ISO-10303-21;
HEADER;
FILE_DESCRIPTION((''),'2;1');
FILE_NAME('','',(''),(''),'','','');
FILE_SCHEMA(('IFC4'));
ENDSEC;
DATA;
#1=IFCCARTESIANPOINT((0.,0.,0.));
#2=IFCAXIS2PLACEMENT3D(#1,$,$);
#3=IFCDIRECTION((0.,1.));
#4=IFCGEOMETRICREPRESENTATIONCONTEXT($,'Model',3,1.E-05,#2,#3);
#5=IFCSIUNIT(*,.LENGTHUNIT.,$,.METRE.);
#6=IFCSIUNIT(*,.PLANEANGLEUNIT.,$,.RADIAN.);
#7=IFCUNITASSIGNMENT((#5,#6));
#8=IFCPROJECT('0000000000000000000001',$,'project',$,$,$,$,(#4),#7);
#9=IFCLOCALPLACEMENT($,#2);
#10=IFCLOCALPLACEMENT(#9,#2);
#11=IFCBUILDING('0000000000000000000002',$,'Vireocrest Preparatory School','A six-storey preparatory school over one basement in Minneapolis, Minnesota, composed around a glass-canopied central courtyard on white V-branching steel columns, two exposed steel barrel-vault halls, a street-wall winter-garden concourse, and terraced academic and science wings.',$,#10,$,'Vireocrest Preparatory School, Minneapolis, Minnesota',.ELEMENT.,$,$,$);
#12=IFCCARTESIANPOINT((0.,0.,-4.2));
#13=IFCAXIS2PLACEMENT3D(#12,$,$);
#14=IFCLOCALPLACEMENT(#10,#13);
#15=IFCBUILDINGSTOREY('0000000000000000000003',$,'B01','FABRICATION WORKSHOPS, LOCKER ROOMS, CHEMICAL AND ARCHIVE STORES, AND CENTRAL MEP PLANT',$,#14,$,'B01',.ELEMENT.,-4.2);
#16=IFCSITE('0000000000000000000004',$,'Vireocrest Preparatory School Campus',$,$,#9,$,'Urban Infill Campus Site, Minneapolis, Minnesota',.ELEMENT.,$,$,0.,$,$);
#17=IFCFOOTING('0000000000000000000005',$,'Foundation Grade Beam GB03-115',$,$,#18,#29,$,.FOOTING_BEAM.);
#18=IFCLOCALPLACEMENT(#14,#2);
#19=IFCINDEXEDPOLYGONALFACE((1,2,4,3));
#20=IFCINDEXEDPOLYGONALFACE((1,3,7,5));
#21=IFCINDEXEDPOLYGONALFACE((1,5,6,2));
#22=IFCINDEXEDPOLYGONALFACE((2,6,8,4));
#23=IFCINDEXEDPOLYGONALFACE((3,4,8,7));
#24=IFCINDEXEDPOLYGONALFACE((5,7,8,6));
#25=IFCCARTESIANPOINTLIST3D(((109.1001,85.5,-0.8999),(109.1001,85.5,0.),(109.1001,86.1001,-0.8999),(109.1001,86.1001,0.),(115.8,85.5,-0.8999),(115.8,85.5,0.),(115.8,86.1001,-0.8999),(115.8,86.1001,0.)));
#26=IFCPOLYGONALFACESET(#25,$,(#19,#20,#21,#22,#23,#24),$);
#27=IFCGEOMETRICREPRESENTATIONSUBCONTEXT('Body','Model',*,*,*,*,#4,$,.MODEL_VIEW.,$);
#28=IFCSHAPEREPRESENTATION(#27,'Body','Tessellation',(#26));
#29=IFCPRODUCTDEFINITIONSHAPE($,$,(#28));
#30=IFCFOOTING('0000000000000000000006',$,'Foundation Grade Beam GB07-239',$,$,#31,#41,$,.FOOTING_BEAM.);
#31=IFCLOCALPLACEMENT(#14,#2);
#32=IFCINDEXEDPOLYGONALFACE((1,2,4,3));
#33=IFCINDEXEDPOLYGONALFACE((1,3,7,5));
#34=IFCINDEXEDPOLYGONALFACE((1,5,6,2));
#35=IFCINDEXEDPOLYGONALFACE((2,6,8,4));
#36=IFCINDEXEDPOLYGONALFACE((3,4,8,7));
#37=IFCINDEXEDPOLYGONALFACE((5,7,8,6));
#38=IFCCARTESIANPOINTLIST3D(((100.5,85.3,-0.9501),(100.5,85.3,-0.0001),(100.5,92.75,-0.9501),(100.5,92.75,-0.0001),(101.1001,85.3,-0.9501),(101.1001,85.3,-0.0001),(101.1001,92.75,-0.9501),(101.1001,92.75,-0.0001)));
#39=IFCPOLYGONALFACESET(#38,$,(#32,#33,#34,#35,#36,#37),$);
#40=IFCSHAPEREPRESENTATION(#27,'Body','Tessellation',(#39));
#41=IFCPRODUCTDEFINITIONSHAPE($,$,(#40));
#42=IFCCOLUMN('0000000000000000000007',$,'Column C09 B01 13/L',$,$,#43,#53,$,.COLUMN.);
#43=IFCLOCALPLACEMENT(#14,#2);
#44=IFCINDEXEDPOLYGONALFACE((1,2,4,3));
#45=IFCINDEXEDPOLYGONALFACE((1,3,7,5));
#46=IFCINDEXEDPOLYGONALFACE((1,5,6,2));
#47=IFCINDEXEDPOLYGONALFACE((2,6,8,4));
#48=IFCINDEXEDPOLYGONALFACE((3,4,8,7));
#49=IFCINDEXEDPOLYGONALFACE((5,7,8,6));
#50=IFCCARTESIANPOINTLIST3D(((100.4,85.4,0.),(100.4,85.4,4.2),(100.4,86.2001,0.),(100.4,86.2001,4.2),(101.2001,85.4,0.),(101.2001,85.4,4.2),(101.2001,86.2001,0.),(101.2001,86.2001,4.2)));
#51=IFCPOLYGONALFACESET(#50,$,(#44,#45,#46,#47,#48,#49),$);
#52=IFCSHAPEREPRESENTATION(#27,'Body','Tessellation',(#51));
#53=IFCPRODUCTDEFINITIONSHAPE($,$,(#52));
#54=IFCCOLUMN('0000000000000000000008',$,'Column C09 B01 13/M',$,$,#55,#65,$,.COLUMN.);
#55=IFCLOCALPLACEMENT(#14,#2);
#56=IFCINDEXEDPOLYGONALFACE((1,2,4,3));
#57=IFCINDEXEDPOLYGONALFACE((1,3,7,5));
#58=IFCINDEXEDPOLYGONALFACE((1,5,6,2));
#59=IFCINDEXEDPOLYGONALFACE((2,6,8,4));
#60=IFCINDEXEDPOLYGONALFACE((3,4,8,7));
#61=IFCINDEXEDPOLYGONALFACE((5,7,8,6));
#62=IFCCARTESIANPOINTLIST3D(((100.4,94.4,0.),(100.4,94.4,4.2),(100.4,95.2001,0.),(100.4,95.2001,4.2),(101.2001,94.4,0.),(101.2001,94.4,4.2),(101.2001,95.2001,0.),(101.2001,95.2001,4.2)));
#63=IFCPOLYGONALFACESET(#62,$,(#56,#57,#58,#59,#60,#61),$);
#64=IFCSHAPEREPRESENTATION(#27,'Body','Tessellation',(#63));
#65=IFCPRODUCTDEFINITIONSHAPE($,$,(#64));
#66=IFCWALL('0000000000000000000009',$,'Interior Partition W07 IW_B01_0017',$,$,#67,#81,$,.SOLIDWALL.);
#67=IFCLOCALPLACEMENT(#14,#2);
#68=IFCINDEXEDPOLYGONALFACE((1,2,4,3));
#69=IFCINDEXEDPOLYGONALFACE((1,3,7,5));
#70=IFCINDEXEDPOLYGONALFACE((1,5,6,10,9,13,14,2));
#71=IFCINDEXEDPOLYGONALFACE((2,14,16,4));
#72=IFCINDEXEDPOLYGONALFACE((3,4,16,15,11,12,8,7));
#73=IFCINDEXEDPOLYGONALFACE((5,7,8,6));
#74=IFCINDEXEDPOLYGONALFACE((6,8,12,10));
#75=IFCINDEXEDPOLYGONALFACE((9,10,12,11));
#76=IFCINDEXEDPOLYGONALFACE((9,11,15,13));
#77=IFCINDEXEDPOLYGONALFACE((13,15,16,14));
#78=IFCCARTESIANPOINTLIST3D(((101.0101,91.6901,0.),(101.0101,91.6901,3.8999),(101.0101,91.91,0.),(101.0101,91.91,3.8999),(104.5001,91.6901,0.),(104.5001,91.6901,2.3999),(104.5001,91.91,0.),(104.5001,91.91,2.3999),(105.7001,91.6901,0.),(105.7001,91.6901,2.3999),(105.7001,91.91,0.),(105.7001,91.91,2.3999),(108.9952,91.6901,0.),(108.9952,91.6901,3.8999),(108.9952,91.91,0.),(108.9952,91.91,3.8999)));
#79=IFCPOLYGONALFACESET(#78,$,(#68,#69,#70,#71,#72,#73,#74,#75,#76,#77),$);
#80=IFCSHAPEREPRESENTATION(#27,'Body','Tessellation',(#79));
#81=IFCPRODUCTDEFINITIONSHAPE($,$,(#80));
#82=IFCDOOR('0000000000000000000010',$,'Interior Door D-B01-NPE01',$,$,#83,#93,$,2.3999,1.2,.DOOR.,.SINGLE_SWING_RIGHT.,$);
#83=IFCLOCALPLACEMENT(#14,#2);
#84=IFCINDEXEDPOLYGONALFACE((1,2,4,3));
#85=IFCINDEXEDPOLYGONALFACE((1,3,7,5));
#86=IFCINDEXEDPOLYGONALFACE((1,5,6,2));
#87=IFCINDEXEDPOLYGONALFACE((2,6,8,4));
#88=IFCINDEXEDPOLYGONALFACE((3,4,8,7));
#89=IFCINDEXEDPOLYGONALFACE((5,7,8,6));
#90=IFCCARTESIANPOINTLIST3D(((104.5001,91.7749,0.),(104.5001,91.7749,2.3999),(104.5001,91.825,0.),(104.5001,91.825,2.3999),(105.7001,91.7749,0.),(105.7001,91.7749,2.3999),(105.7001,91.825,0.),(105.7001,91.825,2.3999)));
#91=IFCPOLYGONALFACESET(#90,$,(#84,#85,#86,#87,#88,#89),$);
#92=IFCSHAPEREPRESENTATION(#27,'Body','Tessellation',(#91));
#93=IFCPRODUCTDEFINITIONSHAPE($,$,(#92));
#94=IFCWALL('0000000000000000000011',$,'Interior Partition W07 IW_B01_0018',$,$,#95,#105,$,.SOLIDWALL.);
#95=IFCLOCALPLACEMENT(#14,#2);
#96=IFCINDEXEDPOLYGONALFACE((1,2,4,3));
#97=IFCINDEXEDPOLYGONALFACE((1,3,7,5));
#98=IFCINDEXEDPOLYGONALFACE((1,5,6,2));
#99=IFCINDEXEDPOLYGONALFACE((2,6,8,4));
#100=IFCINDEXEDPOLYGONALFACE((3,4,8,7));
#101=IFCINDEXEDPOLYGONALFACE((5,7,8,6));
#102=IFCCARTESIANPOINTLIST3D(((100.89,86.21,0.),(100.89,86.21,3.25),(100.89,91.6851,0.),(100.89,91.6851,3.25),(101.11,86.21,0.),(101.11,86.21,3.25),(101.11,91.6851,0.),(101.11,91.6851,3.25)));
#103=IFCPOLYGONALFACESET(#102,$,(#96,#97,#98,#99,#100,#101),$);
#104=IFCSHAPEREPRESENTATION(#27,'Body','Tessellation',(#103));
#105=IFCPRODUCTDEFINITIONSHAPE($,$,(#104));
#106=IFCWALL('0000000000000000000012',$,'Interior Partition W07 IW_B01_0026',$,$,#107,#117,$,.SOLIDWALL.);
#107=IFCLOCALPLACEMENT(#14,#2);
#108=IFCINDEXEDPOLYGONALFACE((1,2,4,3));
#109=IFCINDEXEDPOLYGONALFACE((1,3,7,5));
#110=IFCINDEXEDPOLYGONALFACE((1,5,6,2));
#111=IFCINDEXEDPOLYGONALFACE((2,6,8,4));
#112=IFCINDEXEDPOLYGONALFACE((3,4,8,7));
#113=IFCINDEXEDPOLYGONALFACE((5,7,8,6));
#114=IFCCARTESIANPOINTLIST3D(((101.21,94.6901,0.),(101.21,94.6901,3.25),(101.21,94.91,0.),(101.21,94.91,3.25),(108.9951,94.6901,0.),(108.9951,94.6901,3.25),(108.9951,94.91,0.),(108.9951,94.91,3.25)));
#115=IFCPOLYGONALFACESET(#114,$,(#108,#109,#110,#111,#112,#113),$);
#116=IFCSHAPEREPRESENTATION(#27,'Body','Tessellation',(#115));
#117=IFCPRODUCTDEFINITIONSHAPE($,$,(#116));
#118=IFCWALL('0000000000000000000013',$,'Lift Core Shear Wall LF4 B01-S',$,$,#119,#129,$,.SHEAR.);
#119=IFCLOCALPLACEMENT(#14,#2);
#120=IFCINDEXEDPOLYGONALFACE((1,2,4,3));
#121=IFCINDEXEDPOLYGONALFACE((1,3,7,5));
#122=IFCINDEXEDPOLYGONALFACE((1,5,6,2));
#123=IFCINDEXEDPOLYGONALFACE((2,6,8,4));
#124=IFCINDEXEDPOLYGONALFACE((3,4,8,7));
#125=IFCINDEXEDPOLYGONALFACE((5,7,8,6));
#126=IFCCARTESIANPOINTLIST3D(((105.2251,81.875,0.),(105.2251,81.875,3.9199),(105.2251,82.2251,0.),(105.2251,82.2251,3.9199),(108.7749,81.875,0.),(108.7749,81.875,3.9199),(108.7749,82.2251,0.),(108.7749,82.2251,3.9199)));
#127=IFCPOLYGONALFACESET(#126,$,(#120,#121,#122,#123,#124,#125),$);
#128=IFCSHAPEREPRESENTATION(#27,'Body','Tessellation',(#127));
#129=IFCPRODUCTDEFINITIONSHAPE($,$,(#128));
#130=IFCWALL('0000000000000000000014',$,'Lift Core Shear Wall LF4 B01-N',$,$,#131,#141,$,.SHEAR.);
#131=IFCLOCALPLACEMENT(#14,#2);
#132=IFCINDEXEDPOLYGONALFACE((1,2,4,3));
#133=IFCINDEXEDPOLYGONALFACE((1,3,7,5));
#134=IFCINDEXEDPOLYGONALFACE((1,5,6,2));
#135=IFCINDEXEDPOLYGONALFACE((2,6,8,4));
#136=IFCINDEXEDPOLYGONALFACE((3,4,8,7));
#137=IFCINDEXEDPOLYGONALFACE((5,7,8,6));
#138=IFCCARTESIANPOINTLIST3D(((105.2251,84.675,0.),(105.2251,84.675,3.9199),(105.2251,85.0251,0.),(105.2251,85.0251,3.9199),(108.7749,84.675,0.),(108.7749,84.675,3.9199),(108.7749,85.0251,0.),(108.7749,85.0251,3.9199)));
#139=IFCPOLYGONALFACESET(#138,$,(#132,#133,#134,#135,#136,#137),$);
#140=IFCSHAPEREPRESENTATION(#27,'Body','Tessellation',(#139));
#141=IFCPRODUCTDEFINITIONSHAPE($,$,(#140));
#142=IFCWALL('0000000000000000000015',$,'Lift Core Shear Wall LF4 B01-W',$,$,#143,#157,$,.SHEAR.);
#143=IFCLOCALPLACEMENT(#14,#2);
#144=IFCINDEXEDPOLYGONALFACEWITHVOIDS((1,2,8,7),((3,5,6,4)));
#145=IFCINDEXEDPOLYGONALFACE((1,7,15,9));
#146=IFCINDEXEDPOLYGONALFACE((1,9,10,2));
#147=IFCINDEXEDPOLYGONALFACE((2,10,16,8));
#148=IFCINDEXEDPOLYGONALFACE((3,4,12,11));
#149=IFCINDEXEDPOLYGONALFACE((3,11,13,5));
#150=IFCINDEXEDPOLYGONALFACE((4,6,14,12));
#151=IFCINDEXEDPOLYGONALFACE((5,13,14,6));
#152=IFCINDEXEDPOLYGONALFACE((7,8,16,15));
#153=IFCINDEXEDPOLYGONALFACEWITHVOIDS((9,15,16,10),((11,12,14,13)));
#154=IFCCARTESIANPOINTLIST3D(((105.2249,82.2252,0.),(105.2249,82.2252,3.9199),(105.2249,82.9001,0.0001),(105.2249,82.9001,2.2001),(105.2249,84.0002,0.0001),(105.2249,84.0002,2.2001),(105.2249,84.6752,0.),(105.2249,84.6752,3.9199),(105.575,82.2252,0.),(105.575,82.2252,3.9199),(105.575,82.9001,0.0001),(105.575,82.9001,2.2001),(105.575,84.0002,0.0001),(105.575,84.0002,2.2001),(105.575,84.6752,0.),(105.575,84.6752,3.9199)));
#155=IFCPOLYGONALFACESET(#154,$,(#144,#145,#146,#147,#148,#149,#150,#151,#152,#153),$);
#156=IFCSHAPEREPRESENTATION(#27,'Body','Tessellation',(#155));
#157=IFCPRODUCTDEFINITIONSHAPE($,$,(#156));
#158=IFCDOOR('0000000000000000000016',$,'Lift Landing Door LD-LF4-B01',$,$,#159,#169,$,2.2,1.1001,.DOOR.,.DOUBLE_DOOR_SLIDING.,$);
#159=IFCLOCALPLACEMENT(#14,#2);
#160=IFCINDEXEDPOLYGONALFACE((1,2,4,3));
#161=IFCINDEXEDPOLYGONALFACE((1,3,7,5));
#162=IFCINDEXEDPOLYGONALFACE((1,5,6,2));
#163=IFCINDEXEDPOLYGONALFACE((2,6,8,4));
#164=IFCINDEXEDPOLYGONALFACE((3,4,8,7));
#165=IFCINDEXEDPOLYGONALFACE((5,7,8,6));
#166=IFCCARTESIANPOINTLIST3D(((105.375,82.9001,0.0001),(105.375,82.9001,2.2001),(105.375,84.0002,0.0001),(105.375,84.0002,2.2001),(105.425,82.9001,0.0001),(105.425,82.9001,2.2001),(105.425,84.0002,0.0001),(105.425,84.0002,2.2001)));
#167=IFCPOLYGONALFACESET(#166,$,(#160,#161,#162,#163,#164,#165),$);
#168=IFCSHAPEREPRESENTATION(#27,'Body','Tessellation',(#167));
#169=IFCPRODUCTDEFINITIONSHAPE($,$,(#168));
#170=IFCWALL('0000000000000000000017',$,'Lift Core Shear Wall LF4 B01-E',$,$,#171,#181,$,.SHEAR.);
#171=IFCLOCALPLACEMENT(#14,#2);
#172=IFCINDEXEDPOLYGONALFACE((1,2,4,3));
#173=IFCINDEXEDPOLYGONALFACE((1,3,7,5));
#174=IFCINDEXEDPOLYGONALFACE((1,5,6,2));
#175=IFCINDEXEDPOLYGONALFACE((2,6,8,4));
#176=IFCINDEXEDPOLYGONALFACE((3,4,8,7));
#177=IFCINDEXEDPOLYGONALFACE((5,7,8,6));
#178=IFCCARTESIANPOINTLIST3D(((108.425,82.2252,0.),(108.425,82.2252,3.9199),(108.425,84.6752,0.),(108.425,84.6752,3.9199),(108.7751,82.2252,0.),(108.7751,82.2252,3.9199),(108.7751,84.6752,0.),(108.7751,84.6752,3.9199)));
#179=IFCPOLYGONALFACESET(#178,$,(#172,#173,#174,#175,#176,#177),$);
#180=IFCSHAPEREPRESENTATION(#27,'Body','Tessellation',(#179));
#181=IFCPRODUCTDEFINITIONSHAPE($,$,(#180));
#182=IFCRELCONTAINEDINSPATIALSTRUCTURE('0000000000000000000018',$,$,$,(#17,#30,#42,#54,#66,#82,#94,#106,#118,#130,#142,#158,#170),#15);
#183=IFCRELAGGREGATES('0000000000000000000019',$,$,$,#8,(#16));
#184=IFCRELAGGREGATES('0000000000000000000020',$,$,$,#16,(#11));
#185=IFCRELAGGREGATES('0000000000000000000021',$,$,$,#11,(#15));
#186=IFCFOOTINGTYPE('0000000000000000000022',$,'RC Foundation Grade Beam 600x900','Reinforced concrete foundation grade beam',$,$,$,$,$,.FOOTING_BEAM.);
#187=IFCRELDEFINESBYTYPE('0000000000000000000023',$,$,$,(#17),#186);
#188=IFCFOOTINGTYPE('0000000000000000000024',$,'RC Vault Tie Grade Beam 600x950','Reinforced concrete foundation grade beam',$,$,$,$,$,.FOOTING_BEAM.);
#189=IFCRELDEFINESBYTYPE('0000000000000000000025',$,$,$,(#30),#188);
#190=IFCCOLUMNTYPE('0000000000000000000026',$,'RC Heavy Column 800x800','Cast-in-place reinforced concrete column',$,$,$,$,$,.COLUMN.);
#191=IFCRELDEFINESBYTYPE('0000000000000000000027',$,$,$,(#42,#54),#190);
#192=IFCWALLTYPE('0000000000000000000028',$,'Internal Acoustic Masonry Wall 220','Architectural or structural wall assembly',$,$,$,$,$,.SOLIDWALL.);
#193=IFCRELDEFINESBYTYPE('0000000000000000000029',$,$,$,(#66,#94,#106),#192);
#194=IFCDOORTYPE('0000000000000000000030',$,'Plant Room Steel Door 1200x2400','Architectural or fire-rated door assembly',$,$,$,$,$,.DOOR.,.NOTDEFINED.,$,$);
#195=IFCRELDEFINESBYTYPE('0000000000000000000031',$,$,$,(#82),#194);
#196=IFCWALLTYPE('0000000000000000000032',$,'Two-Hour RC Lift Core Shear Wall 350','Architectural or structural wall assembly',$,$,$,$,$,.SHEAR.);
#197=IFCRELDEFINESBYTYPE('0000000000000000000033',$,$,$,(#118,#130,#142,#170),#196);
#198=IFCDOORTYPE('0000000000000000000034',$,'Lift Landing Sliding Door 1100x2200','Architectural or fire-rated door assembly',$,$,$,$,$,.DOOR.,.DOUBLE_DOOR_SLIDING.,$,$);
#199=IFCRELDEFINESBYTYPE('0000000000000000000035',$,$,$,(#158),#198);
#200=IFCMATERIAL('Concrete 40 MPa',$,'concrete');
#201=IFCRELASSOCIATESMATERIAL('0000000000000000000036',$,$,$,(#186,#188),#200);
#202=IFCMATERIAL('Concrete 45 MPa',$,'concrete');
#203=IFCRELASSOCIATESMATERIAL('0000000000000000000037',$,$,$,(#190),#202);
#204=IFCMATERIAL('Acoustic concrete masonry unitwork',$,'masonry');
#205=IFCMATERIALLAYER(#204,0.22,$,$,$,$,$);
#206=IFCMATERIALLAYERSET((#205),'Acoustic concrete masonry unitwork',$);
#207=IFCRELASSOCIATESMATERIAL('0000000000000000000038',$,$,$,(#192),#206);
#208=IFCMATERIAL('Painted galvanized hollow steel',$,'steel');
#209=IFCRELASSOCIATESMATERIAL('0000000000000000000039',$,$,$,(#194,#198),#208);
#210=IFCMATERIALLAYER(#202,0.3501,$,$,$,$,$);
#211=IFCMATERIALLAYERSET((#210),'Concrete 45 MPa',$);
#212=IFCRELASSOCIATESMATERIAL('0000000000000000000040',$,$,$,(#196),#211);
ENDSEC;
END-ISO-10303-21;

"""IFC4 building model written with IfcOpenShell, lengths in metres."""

from ifc_helpers import new_model, si_unit, direction, frame, frame_2d, origin, origin_2d, place, context, subcontext, project, spatial, rectangle, extrude, material, layer, layer_set, material_profile, profile_set, type_object, element, fill, save


model = new_model("IFC4")

# Units and contexts
model_context = context("Model", 3, precision=1e-05, world=origin(), true_north=direction((0.0, 1.0)))
body_context = subcontext(model_context, "Body", "Model", "MODEL_VIEW")
ifc_project = project(units=[si_unit("LENGTHUNIT", "METRE"), si_unit("PLANEANGLEUNIT", "RADIAN")], contexts=[model_context])

# Site, building, storey
site_placement = place(None, origin())
site = spatial("IfcSite", under=ifc_project, at=site_placement, Name="Vireocrest Preparatory School Campus", LongName="Urban Infill Campus Site, Minneapolis, Minnesota", CompositionType="ELEMENT", RefElevation=0.0)
building_placement = place(site_placement, origin())
building = spatial("IfcBuilding", under=site, at=building_placement, Name="Vireocrest Preparatory School", Description="A six-storey preparatory school over one basement in Minneapolis, Minnesota, composed around a glass-canopied central courtyard on white V-branching steel columns, two exposed steel barrel-vault halls, a street-wall winter-garden concourse, and terraced academic and science wings.", LongName="Vireocrest Preparatory School, Minneapolis, Minnesota", CompositionType="ELEMENT")
storey_placement = place(building_placement, frame((0.0, 0.0, -4.2)))
storey = spatial("IfcBuildingStorey", under=building, at=storey_placement, Name="B01", Description="FABRICATION WORKSHOPS, LOCKER ROOMS, CHEMICAL AND ARCHIVE STORES, AND CENTRAL MEP PLANT", LongName="B01", CompositionType="ELEMENT", Elevation=-4.2)

# Shared definitions
ifc_material_1 = material(Name="Concrete 40 MPa", Category="concrete")

# Footings
ifc_material_profile_1 = material_profile(ifc_material_1, rectangle(XDim=0.6001, YDim=0.8999, at=origin_2d()), Name="GB 600x900")
ifc_profile_set_1 = profile_set([ifc_material_profile_1], Name="Concrete 40 MPa")
footing_type_1 = type_object("IfcFootingType", Name="RC Foundation Grade Beam 600x900", Description="Reinforced concrete foundation grade beam", PredefinedType="FOOTING_BEAM", material=ifc_profile_set_1)
footing_1_placement = place(storey_placement, frame((109.1001, 85.8, -0.45), z_axis=(1.0, 0.0, 0.0), x_axis=(0.0, 1.0, 0.0)))
element("IfcFooting", 1, at=footing_1_placement, inside=storey, type_object=footing_type_1, Name="Foundation Grade Beam GB03-115", PredefinedType="FOOTING_BEAM", context=body_context, shape_type="SweptSolid", body=[
    extrude(rectangle(XDim=0.6001, YDim=0.8999, at=origin_2d()), origin(), (0.0, 0.0, 1.0), 6.7),
])
ifc_material_profile_2 = material_profile(ifc_material_1, rectangle(XDim=0.6001, YDim=0.95, at=origin_2d()), Name="GB 600x950")
ifc_profile_set_2 = profile_set([ifc_material_profile_2], Name="Concrete 40 MPa")
footing_type_2 = type_object("IfcFootingType", Name="RC Vault Tie Grade Beam 600x950", Description="Reinforced concrete foundation grade beam", PredefinedType="FOOTING_BEAM", material=ifc_profile_set_2)
footing_2_placement = place(storey_placement, frame((100.8, 85.3, -0.4751), z_axis=(0.0, 1.0, 0.0), x_axis=(-1.0, 0.0, 0.0)))
element("IfcFooting", 2, at=footing_2_placement, inside=storey, type_object=footing_type_2, Name="Foundation Grade Beam GB07-239", PredefinedType="FOOTING_BEAM", context=body_context, shape_type="SweptSolid", body=[
    extrude(rectangle(XDim=0.6001, YDim=0.95, at=origin_2d()), origin(), (0.0, 0.0, 1.0), 7.45),
])

# Columns
ifc_material_2 = material(Name="Concrete 45 MPa", Category="concrete")
ifc_material_profile_3 = material_profile(ifc_material_2, rectangle(XDim=0.8, YDim=0.8, at=origin_2d()), Name="RC 800x800")
ifc_profile_set_3 = profile_set([ifc_material_profile_3], Name="Concrete 45 MPa")
column_type = type_object("IfcColumnType", Name="RC Heavy Column 800x800", Description="Cast-in-place reinforced concrete column", PredefinedType="COLUMN", material=ifc_profile_set_3)
for number, where, z_axis, x_axis, name in (
    (3, (100.8, 85.8, 0.0), (0.0, 0.0, 1.0), (1.0, 0.0, 0.0), "Column C09 B01 13/L"),
    (4, (100.8, 94.8, 0.0), (0.0, 0.0, 1.0), (1.0, 0.0, 0.0), "Column C09 B01 13/M"),
):
    element("IfcColumn", number, at=place(storey_placement, frame(where, z_axis=z_axis, x_axis=x_axis)), inside=storey, type_object=column_type, Name=name, PredefinedType="COLUMN", context=body_context, shape_type="SweptSolid", body=[
        extrude(rectangle(XDim=0.8, YDim=0.8, at=origin_2d()), origin(), (0.0, 0.0, 1.0), 4.2),
    ])

# Wall, opening, door
ifc_material_3 = material(Name="Acoustic concrete masonry unitwork", Category="masonry")
ifc_layer_1 = layer(ifc_material_3, 0.22)
ifc_layer_set_1 = layer_set([ifc_layer_1], Name="Acoustic concrete masonry unitwork")
wall_type_1 = type_object("IfcWallType", Name="Internal Acoustic Masonry Wall 220", Description="Architectural or structural wall assembly", PredefinedType="SOLIDWALL", material=ifc_layer_set_1)
wall_1_placement = place(storey_placement, frame((101.01, 91.8, 0.0), z_axis=(0.0, 0.0, 1.0), x_axis=(1.0, 0.0, 0.0)))
wall_1 = element("IfcWall", 5, at=wall_1_placement, inside=storey, type_object=wall_type_1, Name="Interior Partition W07 IW_B01_0017", PredefinedType="SOLIDWALL", context=body_context, shape_type="SweptSolid", body=[
    extrude(rectangle(XDim=7.9851, YDim=0.22, at=frame_2d((3.9927, 0.0))), origin(), (0.0, 0.0, 1.0), 3.8999),
])
opening_1_placement = place(wall_1_placement, frame((3.49, 0.0, 0.0)))
opening_1 = element("IfcOpeningElement", 6, at=opening_1_placement, cuts=wall_1, PredefinedType="OPENING", context=body_context, shape_type="SweptSolid", body=[
    extrude(rectangle(XDim=1.2, YDim=2.3999, at=frame_2d((0.6001, 1.2))), frame((0.0, 0.1199, 0.0), z_axis=(0.0, -1.0, 0.0), x_axis=(1.0, 0.0, 0.0)), (0.0, 0.0, 1.0), 0.24),
])
ifc_material_4 = material(Name="Painted galvanized hollow steel", Category="steel")
door_type_1 = type_object("IfcDoorType", Name="Plant Room Steel Door 1200x2400", Description="Architectural or fire-rated door assembly", OperationType="NOTDEFINED", PredefinedType="DOOR", material=ifc_material_4)
door_1_placement = place(opening_1_placement, origin())
door_1 = element("IfcDoor", 7, at=door_1_placement, inside=storey, type_object=door_type_1, Name="Interior Door D-B01-NPE01", OperationType="SINGLE_SWING_RIGHT", OverallHeight=2.3999, OverallWidth=1.2, PredefinedType="DOOR", context=body_context, shape_type="SweptSolid", body=[
    extrude(rectangle(XDim=1.2, YDim=2.3999, at=frame_2d((0.6001, 1.2))), frame((0.0, 0.0249, 0.0), z_axis=(0.0, -1.0, 0.0), x_axis=(1.0, 0.0, 0.0)), (0.0, 0.0, 1.0), 0.05),
])
fill(opening_1, door_1)

# Walls
wall_2_placement = place(storey_placement, frame((101.0, 86.21, 0.0), z_axis=(0.0, 0.0, 1.0), x_axis=(0.0, 1.0, 0.0)))
element("IfcWall", 8, at=wall_2_placement, inside=storey, type_object=wall_type_1, Name="Interior Partition W07 IW_B01_0018", PredefinedType="SOLIDWALL", context=body_context, shape_type="SweptSolid", body=[
    extrude(rectangle(XDim=5.4751, YDim=0.22, at=frame_2d((2.7375, 0.0))), origin(), (0.0, 0.0, 1.0), 3.25),
])
wall_3_placement = place(storey_placement, frame((101.21, 94.8, 0.0), z_axis=(0.0, 0.0, 1.0), x_axis=(1.0, 0.0, 0.0)))
element("IfcWall", 9, at=wall_3_placement, inside=storey, type_object=wall_type_1, Name="Interior Partition W07 IW_B01_0026", PredefinedType="SOLIDWALL", context=body_context, shape_type="SweptSolid", body=[
    extrude(rectangle(XDim=7.7852, YDim=0.22, at=frame_2d((3.8926, 0.0))), origin(), (0.0, 0.0, 1.0), 3.25),
])
ifc_layer_2 = layer(ifc_material_2, 0.3501)
ifc_layer_set_2 = layer_set([ifc_layer_2], Name="Concrete 45 MPa")
wall_type_2 = type_object("IfcWallType", Name="Two-Hour RC Lift Core Shear Wall 350", Description="Architectural or structural wall assembly", PredefinedType="SHEAR", material=ifc_layer_set_2)
for number, where, z_axis, x_axis, name in (
    (10, (105.2251, 82.05, 0.0), (0.0, 0.0, 1.0), (1.0, 0.0, 0.0), "Lift Core Shear Wall LF4 B01-S"),
    (11, (105.2251, 84.8501, 0.0), (0.0, 0.0, 1.0), (1.0, 0.0, 0.0), "Lift Core Shear Wall LF4 B01-N"),
):
    element("IfcWall", number, at=place(storey_placement, frame(where, z_axis=z_axis, x_axis=x_axis)), inside=storey, type_object=wall_type_2, Name=name, PredefinedType="SHEAR", context=body_context, shape_type="SweptSolid", body=[
        extrude(rectangle(XDim=3.5498, YDim=0.3501, at=frame_2d((1.7749, 0.0))), origin(), (0.0, 0.0, 1.0), 3.9199),
    ])

# Wall, opening, door
wall_4_placement = place(storey_placement, frame((105.3999, 82.2251, 0.0), z_axis=(0.0, 0.0, 1.0), x_axis=(0.0, 1.0, 0.0)))
wall_4 = element("IfcWall", 12, at=wall_4_placement, inside=storey, type_object=wall_type_2, Name="Lift Core Shear Wall LF4 B01-W", PredefinedType="SHEAR", context=body_context, shape_type="SweptSolid", body=[
    extrude(rectangle(XDim=2.45, YDim=0.3501, at=frame_2d((1.2251, 0.0))), origin(), (0.0, 0.0, 1.0), 3.9199),
])
opening_2_placement = place(wall_4_placement, frame((0.675, 0.0, 0.0)))
opening_2 = element("IfcOpeningElement", 13, at=opening_2_placement, cuts=wall_4, PredefinedType="OPENING", context=body_context, shape_type="SweptSolid", body=[
    extrude(rectangle(XDim=1.1001, YDim=2.2, at=frame_2d((0.55, 1.1001))), frame((0.0, 0.1851, 0.0), z_axis=(0.0, -1.0, 0.0), x_axis=(1.0, 0.0, 0.0)), (0.0, 0.0, 1.0), 0.3701),
])
door_type_2 = type_object("IfcDoorType", Name="Lift Landing Sliding Door 1100x2200", Description="Architectural or fire-rated door assembly", OperationType="DOUBLE_DOOR_SLIDING", PredefinedType="DOOR", material=ifc_material_4)
door_2_placement = place(opening_2_placement, origin())
door_2 = element("IfcDoor", 14, at=door_2_placement, inside=storey, type_object=door_type_2, Name="Lift Landing Door LD-LF4-B01", OperationType="DOUBLE_DOOR_SLIDING", OverallHeight=2.2, OverallWidth=1.1001, PredefinedType="DOOR", context=body_context, shape_type="SweptSolid", body=[
    extrude(rectangle(XDim=1.1001, YDim=2.2, at=frame_2d((0.55, 1.1001))), frame((0.0, 0.0249, 0.0), z_axis=(0.0, -1.0, 0.0), x_axis=(1.0, 0.0, 0.0)), (0.0, 0.0, 1.0), 0.05),
])
fill(opening_2, door_2)

# Wall
wall_5_placement = place(storey_placement, frame((108.6001, 82.2251, 0.0), z_axis=(0.0, 0.0, 1.0), x_axis=(0.0, 1.0, 0.0)))
element("IfcWall", 15, at=wall_5_placement, inside=storey, type_object=wall_type_2, Name="Lift Core Shear Wall LF4 B01-E", PredefinedType="SHEAR", context=body_context, shape_type="SweptSolid", body=[
    extrude(rectangle(XDim=2.45, YDim=0.3501, at=frame_2d((1.2251, 0.0))), origin(), (0.0, 0.0, 1.0), 3.9199),
])

save(model, "model.ifc")
